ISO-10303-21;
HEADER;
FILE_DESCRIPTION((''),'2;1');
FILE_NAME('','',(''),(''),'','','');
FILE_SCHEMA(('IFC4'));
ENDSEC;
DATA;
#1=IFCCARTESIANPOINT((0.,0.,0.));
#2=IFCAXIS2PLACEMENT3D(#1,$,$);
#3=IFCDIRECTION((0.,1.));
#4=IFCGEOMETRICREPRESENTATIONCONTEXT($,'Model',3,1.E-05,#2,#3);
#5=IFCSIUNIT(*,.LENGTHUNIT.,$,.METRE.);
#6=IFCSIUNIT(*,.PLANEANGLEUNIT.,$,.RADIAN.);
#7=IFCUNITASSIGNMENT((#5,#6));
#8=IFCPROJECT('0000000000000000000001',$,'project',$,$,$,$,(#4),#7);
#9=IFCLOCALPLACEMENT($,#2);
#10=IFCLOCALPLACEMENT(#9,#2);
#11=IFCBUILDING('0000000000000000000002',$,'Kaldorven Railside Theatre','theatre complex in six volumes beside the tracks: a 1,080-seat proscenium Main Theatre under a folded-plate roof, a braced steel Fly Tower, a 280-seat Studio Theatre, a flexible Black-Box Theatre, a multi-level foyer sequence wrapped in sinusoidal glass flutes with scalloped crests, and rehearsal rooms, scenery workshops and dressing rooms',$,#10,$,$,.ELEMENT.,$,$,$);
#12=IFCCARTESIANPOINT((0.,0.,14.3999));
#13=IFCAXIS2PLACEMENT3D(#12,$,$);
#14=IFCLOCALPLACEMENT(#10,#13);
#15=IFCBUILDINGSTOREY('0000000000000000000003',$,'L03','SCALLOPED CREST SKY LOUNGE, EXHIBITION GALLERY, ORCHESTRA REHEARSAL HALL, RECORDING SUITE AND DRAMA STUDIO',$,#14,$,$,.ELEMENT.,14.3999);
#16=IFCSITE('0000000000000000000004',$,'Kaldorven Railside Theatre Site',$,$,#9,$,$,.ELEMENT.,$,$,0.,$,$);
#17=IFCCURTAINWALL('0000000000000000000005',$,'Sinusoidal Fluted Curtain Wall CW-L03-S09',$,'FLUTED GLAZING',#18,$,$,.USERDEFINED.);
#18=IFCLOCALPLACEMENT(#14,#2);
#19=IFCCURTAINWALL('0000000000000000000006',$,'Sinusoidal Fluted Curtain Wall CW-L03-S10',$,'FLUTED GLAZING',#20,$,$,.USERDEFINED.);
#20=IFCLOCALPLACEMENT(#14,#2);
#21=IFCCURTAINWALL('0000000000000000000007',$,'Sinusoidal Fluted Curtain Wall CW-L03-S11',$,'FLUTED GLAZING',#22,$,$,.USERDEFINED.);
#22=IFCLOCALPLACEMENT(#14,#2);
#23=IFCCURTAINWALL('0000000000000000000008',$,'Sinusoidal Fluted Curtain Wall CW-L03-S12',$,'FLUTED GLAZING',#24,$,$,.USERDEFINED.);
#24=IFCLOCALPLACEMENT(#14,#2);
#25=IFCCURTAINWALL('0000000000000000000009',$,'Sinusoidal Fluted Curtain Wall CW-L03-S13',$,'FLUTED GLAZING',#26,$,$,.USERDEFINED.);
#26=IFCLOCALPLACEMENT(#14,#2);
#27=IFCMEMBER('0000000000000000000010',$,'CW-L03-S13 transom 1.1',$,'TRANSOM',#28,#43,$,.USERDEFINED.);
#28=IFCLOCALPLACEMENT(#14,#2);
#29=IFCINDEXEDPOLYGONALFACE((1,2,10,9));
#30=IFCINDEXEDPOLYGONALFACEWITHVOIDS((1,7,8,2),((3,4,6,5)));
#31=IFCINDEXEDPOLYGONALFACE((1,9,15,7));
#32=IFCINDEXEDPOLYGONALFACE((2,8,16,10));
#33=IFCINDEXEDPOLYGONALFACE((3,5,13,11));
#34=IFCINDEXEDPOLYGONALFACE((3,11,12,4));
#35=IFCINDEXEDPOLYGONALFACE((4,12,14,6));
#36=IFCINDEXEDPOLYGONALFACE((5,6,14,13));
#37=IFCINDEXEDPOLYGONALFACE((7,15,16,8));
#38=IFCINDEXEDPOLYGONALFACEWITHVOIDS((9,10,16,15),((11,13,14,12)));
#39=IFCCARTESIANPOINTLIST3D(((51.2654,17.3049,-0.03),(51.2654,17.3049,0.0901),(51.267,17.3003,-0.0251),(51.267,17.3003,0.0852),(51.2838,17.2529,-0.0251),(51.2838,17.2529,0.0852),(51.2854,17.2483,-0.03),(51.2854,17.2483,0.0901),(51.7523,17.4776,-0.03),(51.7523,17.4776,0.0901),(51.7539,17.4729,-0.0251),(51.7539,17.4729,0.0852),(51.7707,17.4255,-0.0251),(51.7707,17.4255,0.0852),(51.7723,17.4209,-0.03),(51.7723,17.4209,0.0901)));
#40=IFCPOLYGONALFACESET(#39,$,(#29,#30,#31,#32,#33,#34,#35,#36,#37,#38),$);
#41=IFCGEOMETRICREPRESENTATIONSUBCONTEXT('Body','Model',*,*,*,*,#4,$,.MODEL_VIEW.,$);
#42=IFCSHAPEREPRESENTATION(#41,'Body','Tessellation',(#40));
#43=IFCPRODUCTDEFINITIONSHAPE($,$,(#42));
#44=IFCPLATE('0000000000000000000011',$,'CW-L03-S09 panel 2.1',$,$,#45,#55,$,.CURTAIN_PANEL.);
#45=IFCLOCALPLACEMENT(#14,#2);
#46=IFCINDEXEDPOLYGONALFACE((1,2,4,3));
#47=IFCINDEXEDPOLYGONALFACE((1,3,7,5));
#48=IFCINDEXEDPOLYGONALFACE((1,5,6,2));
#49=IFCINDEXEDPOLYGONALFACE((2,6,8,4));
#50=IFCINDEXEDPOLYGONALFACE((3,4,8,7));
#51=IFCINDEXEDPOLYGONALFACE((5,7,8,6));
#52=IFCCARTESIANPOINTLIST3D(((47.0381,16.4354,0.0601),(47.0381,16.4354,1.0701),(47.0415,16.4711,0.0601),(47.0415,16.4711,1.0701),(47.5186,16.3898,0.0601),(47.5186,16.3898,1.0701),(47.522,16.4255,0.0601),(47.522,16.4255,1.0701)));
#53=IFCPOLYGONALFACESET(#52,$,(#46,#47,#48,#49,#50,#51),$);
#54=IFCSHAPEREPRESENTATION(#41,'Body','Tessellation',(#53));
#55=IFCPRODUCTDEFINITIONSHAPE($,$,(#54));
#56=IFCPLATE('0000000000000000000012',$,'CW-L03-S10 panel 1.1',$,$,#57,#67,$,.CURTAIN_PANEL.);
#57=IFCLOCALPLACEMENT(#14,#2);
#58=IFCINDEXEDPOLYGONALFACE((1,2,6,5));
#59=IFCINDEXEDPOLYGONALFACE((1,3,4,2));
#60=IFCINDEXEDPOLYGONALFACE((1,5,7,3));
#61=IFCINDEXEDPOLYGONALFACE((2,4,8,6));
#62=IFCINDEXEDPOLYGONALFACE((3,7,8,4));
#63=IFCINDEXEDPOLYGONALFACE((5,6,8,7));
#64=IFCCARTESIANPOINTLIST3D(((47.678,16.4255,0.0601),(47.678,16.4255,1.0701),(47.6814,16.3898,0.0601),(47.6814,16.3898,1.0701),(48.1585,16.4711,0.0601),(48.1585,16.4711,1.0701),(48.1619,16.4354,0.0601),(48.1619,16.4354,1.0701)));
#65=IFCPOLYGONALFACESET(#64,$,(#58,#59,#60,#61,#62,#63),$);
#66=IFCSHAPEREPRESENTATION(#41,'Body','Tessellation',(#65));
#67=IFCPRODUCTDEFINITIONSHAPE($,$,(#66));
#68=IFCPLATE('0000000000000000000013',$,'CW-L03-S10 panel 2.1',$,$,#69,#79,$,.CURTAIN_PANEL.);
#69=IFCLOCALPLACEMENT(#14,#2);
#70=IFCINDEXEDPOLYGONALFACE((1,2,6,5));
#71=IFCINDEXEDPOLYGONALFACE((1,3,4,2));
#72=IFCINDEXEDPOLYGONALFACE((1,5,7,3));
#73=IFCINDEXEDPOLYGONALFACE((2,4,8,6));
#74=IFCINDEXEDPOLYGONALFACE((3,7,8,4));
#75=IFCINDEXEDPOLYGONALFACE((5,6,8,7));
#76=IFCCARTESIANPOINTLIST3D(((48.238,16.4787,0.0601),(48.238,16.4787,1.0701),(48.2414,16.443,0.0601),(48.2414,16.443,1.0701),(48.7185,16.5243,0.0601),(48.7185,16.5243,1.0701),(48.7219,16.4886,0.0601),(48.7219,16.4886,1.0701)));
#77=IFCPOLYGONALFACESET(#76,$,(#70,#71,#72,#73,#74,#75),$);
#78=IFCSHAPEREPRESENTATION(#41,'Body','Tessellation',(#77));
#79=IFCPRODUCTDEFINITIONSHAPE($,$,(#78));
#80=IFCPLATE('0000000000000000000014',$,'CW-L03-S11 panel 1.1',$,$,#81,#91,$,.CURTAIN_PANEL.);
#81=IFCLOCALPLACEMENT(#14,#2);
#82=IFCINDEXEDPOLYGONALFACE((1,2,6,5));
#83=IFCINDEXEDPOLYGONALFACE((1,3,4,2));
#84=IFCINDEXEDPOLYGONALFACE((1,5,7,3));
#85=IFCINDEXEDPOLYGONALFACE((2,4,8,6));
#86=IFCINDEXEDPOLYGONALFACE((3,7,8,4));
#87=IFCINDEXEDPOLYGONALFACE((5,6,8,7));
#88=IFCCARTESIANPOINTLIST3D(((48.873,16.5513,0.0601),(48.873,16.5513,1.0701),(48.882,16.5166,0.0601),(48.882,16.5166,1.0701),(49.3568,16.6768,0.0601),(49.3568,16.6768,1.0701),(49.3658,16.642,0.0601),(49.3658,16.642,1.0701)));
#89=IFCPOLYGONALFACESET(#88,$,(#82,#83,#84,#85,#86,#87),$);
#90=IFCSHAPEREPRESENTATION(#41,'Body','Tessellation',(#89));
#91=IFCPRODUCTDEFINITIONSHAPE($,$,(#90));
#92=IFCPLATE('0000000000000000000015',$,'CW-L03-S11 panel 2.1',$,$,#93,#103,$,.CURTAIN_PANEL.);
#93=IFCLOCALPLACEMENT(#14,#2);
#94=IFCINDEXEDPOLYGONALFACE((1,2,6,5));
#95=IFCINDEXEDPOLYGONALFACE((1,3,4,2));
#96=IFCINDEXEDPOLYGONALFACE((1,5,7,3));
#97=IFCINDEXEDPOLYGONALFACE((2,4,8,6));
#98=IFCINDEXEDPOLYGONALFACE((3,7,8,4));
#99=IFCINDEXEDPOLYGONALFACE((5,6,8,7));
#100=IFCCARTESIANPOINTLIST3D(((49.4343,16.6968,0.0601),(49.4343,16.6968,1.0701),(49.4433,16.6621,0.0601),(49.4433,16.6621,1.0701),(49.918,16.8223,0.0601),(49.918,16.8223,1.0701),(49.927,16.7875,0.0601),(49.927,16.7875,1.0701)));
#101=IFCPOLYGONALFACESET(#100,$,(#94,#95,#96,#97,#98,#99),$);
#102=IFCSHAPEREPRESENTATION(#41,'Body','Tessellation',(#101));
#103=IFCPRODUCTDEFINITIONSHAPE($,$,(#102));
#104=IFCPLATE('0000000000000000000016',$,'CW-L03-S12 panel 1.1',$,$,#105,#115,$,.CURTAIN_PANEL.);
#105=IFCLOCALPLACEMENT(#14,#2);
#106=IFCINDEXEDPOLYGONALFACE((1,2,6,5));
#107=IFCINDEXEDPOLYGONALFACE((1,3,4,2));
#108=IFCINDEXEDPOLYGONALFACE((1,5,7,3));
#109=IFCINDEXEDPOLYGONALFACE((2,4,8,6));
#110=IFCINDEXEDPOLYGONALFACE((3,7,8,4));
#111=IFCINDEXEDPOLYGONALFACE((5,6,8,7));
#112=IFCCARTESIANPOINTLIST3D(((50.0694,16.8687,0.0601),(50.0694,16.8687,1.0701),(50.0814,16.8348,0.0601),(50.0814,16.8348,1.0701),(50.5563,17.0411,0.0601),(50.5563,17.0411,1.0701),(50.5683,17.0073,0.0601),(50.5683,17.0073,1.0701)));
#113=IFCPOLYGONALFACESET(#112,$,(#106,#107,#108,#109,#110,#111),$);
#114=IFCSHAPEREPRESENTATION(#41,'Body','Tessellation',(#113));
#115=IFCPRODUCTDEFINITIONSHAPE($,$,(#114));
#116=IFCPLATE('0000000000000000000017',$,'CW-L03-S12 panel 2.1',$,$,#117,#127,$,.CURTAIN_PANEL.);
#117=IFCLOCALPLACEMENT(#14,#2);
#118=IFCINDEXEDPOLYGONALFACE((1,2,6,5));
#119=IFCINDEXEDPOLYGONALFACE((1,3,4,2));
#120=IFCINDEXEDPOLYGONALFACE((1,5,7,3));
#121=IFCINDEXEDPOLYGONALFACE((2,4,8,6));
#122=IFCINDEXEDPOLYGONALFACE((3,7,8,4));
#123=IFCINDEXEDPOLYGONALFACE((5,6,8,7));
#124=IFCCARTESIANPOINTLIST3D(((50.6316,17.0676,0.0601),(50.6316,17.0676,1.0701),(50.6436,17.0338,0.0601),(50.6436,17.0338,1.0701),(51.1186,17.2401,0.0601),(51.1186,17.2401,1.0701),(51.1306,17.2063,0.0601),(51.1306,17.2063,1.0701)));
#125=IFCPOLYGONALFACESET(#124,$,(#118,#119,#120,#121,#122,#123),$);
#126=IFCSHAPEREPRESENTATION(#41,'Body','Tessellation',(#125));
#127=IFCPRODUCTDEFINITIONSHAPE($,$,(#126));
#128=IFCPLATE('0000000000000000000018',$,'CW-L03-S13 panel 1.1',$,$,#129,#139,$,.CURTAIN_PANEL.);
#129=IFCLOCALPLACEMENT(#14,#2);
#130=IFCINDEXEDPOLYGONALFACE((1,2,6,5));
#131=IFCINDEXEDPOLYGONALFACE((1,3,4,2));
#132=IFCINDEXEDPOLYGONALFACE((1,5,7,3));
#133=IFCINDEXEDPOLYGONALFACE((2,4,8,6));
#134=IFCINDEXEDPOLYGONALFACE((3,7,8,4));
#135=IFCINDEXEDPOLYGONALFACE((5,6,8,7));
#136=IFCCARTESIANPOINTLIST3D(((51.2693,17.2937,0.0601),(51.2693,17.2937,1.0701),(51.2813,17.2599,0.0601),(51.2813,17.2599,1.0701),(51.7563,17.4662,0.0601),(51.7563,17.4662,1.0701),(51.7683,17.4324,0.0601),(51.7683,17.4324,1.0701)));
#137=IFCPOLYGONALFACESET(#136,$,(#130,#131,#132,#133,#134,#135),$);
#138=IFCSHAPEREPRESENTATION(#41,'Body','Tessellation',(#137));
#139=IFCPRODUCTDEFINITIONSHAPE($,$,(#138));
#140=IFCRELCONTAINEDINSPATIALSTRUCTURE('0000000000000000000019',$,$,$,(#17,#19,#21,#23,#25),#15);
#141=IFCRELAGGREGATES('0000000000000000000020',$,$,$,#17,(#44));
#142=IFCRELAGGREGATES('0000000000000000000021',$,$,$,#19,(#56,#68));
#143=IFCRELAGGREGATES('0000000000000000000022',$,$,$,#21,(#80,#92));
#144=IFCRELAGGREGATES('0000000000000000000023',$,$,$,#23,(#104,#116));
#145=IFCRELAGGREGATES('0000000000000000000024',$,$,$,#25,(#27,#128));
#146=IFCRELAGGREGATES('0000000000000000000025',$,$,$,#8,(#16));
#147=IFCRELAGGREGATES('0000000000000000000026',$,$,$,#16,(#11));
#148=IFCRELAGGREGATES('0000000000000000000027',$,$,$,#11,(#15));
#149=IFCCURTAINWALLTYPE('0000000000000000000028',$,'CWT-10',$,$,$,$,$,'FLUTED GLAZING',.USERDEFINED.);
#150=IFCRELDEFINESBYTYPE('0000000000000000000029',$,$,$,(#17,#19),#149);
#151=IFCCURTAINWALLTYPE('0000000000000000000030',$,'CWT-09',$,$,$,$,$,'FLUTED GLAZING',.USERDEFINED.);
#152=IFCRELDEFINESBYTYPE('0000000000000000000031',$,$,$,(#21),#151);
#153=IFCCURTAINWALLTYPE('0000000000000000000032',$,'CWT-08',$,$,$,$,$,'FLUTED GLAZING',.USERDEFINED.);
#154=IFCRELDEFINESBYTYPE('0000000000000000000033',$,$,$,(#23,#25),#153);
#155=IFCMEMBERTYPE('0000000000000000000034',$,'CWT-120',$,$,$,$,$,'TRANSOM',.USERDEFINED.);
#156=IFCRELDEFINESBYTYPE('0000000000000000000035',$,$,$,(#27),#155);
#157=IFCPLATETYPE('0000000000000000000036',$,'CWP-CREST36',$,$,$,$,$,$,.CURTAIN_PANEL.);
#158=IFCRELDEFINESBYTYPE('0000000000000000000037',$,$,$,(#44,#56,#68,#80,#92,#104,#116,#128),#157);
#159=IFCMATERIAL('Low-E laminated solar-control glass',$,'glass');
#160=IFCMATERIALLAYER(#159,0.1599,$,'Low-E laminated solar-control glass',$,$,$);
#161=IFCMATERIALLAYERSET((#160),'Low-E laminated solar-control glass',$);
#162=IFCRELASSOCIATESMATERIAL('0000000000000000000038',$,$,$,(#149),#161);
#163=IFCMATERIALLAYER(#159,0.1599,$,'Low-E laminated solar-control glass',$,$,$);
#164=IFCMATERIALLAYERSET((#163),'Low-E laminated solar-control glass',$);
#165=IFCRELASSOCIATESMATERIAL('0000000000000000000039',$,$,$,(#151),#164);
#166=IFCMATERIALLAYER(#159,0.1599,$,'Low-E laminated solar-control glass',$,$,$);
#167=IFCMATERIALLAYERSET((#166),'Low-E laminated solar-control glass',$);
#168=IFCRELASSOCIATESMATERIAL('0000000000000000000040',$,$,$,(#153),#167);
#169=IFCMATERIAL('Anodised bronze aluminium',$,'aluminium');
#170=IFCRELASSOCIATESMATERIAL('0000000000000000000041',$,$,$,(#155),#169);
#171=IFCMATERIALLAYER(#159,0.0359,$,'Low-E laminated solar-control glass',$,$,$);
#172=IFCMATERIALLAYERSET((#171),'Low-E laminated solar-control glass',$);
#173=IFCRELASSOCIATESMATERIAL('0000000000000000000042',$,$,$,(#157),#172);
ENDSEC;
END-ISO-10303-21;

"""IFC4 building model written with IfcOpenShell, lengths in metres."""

from ifc_helpers import new_model, si_unit, direction, frame, origin, origin_2d, place, context, subcontext, project, spatial, rectangle, hollow_rectangle, extrude, material, layer, layer_set, material_profile, profile_set, type_object, element, aggregate, save


model = new_model("IFC4")

# Units and contexts
model_context = context("Model", 3, precision=1e-05, world=origin(), true_north=direction((0.0, 1.0)))
body_context = subcontext(model_context, "Body", "Model", "MODEL_VIEW")
ifc_project = project(units=[si_unit("LENGTHUNIT", "METRE"), si_unit("PLANEANGLEUNIT", "RADIAN")], contexts=[model_context])

# Site, building, storey
site_placement = place(None, origin())
site = spatial("IfcSite", under=ifc_project, at=site_placement, Name="Kaldorven Railside Theatre Site", CompositionType="ELEMENT", RefElevation=0.0)
building_placement = place(site_placement, origin())
building = spatial("IfcBuilding", under=site, at=building_placement, Name="Kaldorven Railside Theatre", Description="theatre complex in six volumes beside the tracks: a 1,080-seat proscenium Main Theatre under a folded-plate roof, a braced steel Fly Tower, a 280-seat Studio Theatre, a flexible Black-Box Theatre, a multi-level foyer sequence wrapped in sinusoidal glass flutes with scalloped crests, and rehearsal rooms, scenery workshops and dressing rooms", CompositionType="ELEMENT")
storey_placement = place(building_placement, frame((0.0, 0.0, 14.3999)))
storey = spatial("IfcBuildingStorey", under=building, at=storey_placement, Name="L03", Description="SCALLOPED CREST SKY LOUNGE, EXHIBITION GALLERY, ORCHESTRA REHEARSAL HALL, RECORDING SUITE AND DRAMA STUDIO", CompositionType="ELEMENT", Elevation=14.3999)

# Curtain walls
ifc_material_1 = material(Name="Low-E laminated solar-control glass", Category="glass")
ifc_layer_1 = layer(ifc_material_1, 0.1599, Name="Low-E laminated solar-control glass")
ifc_layer_set_1 = layer_set([ifc_layer_1], Name="Low-E laminated solar-control glass")
curtain_wall_type_1 = type_object("IfcCurtainWallType", Name="CWT-10", ElementType="FLUTED GLAZING", PredefinedType="USERDEFINED", material=ifc_layer_set_1)
curtain_wall_1_placement = place(storey_placement, origin())
curtain_wall_1 = element("IfcCurtainWall", 1, at=curtain_wall_1_placement, inside=storey, type_object=curtain_wall_type_1, Name="Sinusoidal Fluted Curtain Wall CW-L03-S09", ObjectType="FLUTED GLAZING", PredefinedType="USERDEFINED")
ifc_material_2 = material(Name="Anodised bronze aluminium", Category="aluminium")
curtain_wall_2_placement = place(storey_placement, origin())
curtain_wall_2 = element("IfcCurtainWall", 2, at=curtain_wall_2_placement, inside=storey, type_object=curtain_wall_type_1, Name="Sinusoidal Fluted Curtain Wall CW-L03-S10", ObjectType="FLUTED GLAZING", PredefinedType="USERDEFINED")
ifc_layer_2 = layer(ifc_material_1, 0.1599, Name="Low-E laminated solar-control glass")
ifc_layer_set_2 = layer_set([ifc_layer_2], Name="Low-E laminated solar-control glass")
curtain_wall_type_2 = type_object("IfcCurtainWallType", Name="CWT-09", ElementType="FLUTED GLAZING", PredefinedType="USERDEFINED", material=ifc_layer_set_2)
curtain_wall_3_placement = place(storey_placement, origin())
curtain_wall_3 = element("IfcCurtainWall", 3, at=curtain_wall_3_placement, inside=storey, type_object=curtain_wall_type_2, Name="Sinusoidal Fluted Curtain Wall CW-L03-S11", ObjectType="FLUTED GLAZING", PredefinedType="USERDEFINED")
ifc_layer_3 = layer(ifc_material_1, 0.1599, Name="Low-E laminated solar-control glass")
ifc_layer_set_3 = layer_set([ifc_layer_3], Name="Low-E laminated solar-control glass")
curtain_wall_type_3 = type_object("IfcCurtainWallType", Name="CWT-08", ElementType="FLUTED GLAZING", PredefinedType="USERDEFINED", material=ifc_layer_set_3)
curtain_wall_4_placement = place(storey_placement, origin())
curtain_wall_4 = element("IfcCurtainWall", 4, at=curtain_wall_4_placement, inside=storey, type_object=curtain_wall_type_3, Name="Sinusoidal Fluted Curtain Wall CW-L03-S12", ObjectType="FLUTED GLAZING", PredefinedType="USERDEFINED")
curtain_wall_5_placement = place(storey_placement, origin())
curtain_wall_5 = element("IfcCurtainWall", 5, at=curtain_wall_5_placement, inside=storey, type_object=curtain_wall_type_3, Name="Sinusoidal Fluted Curtain Wall CW-L03-S13", ObjectType="FLUTED GLAZING", PredefinedType="USERDEFINED")

# Member
ifc_material_profile_1 = material_profile(ifc_material_2, hollow_rectangle(XDim=0.0601, YDim=0.1201, WallThickness=0.0049, at=origin_2d()), Name="RHS 120x60x5")
ifc_profile_set_1 = profile_set([ifc_material_profile_1], Name="Anodised bronze aluminium")
member_type_1 = type_object("IfcMemberType", Name="CWT-120", ElementType="TRANSOM", PredefinedType="USERDEFINED", material=ifc_profile_set_1)
member_1_placement = place(storey_placement, frame((51.2754, 17.2766, 0.03), z_axis=(0.942509, 0.33418, 0.0), x_axis=(-0.33418, 0.942509, 0.0)))
member_1 = element("IfcMember", 6, at=member_1_placement, type_object=member_type_1, Name="CW-L03-S13 transom 1.1", ObjectType="TRANSOM", PredefinedType="USERDEFINED", context=body_context, shape_type="SweptSolid", body=[
    extrude(hollow_rectangle(XDim=0.0601, YDim=0.1201, WallThickness=0.0049, at=origin_2d()), origin(), (0.0, 0.0, 1.0), 0.5166),
])

# Plates
ifc_layer_4 = layer(ifc_material_1, 0.0359, Name="Low-E laminated solar-control glass")
ifc_layer_set_4 = layer_set([ifc_layer_4], Name="Low-E laminated solar-control glass")
plate_type = type_object("IfcPlateType", Name="CWP-CREST36", PredefinedType="CURTAIN_PANEL", material=ifc_layer_set_4)
plate_1_placement = place(storey_placement, frame((47.28, 16.4304, 0.0601), z_axis=(0.0, 0.0, 1.0), x_axis=(0.995526, -0.094492, 0.0)))
plate_1 = element("IfcPlate", 7, at=plate_1_placement, type_object=plate_type, Name="CW-L03-S09 panel 2.1", PredefinedType="CURTAIN_PANEL", context=body_context, shape_type="SweptSolid", body=[
    extrude(rectangle(XDim=0.4827, YDim=0.0359, at=origin_2d()), origin(), (0.0, 0.0, 1.0), 1.01),
])
aggregate(curtain_wall_1, [plate_1])
plate_2_placement = place(storey_placement, frame((47.9199, 16.4304, 0.0601), z_axis=(0.0, 0.0, 1.0), x_axis=(0.995526, 0.094492, 0.0)))
plate_2 = element("IfcPlate", 8, at=plate_2_placement, type_object=plate_type, Name="CW-L03-S10 panel 1.1", PredefinedType="CURTAIN_PANEL", context=body_context, shape_type="SweptSolid", body=[
    extrude(rectangle(XDim=0.4827, YDim=0.0359, at=origin_2d()), origin(), (0.0, 0.0, 1.0), 1.01),
])
plate_3_placement = place(storey_placement, frame((48.48, 16.4836, 0.0601), z_axis=(0.0, 0.0, 1.0), x_axis=(0.995526, 0.094492, 0.0)))
plate_3 = element("IfcPlate", 9, at=plate_3_placement, type_object=plate_type, Name="CW-L03-S10 panel 2.1", PredefinedType="CURTAIN_PANEL", context=body_context, shape_type="SweptSolid", body=[
    extrude(rectangle(XDim=0.4827, YDim=0.0359, at=origin_2d()), origin(), (0.0, 0.0, 1.0), 1.01),
])
aggregate(curtain_wall_2, [plate_2, plate_3])
plate_4_placement = place(storey_placement, frame((49.1194, 16.5967, 0.0601), z_axis=(0.0, 0.0, 1.0), x_axis=(0.967999, 0.250954, 0.0)))
plate_4 = element("IfcPlate", 10, at=plate_4_placement, type_object=plate_type, Name="CW-L03-S11 panel 1.1", PredefinedType="CURTAIN_PANEL", context=body_context, shape_type="SweptSolid", body=[
    extrude(rectangle(XDim=0.4998, YDim=0.0359, at=origin_2d()), origin(), (0.0, 0.0, 1.0), 1.01),
])
plate_5_placement = place(storey_placement, frame((49.6807, 16.7422, 0.0601), z_axis=(0.0, 0.0, 1.0), x_axis=(0.967999, 0.250954, 0.0)))
plate_5 = element("IfcPlate", 11, at=plate_5_placement, type_object=plate_type, Name="CW-L03-S11 panel 2.1", PredefinedType="CURTAIN_PANEL", context=body_context, shape_type="SweptSolid", body=[
    extrude(rectangle(XDim=0.4998, YDim=0.0359, at=origin_2d()), origin(), (0.0, 0.0, 1.0), 1.01),
])
aggregate(curtain_wall_3, [plate_4, plate_5])
plate_6_placement = place(storey_placement, frame((50.3188, 16.938, 0.0601), z_axis=(0.0, 0.0, 1.0), x_axis=(0.942627, 0.333847, 0.0)))
plate_6 = element("IfcPlate", 12, at=plate_6_placement, type_object=plate_type, Name="CW-L03-S12 panel 1.1", PredefinedType="CURTAIN_PANEL", context=body_context, shape_type="SweptSolid", body=[
    extrude(rectangle(XDim=0.5166, YDim=0.0359, at=origin_2d()), origin(), (0.0, 0.0, 1.0), 1.01),
])
plate_7_placement = place(storey_placement, frame((50.8811, 17.137, 0.0601), z_axis=(0.0, 0.0, 1.0), x_axis=(0.942627, 0.333847, 0.0)))
plate_7 = element("IfcPlate", 13, at=plate_7_placement, type_object=plate_type, Name="CW-L03-S12 panel 2.1", PredefinedType="CURTAIN_PANEL", context=body_context, shape_type="SweptSolid", body=[
    extrude(rectangle(XDim=0.5166, YDim=0.0359, at=origin_2d()), origin(), (0.0, 0.0, 1.0), 1.01),
])
aggregate(curtain_wall_4, [plate_6, plate_7])
plate_8_placement = place(storey_placement, frame((51.5188, 17.363, 0.0601), z_axis=(0.0, 0.0, 1.0), x_axis=(0.942627, 0.333847, 0.0)))
plate_8 = element("IfcPlate", 14, at=plate_8_placement, type_object=plate_type, Name="CW-L03-S13 panel 1.1", PredefinedType="CURTAIN_PANEL", context=body_context, shape_type="SweptSolid", body=[
    extrude(rectangle(XDim=0.5166, YDim=0.0359, at=origin_2d()), origin(), (0.0, 0.0, 1.0), 1.01),
])
aggregate(curtain_wall_5, [member_1, plate_8])

save(model, "model.ifc")
